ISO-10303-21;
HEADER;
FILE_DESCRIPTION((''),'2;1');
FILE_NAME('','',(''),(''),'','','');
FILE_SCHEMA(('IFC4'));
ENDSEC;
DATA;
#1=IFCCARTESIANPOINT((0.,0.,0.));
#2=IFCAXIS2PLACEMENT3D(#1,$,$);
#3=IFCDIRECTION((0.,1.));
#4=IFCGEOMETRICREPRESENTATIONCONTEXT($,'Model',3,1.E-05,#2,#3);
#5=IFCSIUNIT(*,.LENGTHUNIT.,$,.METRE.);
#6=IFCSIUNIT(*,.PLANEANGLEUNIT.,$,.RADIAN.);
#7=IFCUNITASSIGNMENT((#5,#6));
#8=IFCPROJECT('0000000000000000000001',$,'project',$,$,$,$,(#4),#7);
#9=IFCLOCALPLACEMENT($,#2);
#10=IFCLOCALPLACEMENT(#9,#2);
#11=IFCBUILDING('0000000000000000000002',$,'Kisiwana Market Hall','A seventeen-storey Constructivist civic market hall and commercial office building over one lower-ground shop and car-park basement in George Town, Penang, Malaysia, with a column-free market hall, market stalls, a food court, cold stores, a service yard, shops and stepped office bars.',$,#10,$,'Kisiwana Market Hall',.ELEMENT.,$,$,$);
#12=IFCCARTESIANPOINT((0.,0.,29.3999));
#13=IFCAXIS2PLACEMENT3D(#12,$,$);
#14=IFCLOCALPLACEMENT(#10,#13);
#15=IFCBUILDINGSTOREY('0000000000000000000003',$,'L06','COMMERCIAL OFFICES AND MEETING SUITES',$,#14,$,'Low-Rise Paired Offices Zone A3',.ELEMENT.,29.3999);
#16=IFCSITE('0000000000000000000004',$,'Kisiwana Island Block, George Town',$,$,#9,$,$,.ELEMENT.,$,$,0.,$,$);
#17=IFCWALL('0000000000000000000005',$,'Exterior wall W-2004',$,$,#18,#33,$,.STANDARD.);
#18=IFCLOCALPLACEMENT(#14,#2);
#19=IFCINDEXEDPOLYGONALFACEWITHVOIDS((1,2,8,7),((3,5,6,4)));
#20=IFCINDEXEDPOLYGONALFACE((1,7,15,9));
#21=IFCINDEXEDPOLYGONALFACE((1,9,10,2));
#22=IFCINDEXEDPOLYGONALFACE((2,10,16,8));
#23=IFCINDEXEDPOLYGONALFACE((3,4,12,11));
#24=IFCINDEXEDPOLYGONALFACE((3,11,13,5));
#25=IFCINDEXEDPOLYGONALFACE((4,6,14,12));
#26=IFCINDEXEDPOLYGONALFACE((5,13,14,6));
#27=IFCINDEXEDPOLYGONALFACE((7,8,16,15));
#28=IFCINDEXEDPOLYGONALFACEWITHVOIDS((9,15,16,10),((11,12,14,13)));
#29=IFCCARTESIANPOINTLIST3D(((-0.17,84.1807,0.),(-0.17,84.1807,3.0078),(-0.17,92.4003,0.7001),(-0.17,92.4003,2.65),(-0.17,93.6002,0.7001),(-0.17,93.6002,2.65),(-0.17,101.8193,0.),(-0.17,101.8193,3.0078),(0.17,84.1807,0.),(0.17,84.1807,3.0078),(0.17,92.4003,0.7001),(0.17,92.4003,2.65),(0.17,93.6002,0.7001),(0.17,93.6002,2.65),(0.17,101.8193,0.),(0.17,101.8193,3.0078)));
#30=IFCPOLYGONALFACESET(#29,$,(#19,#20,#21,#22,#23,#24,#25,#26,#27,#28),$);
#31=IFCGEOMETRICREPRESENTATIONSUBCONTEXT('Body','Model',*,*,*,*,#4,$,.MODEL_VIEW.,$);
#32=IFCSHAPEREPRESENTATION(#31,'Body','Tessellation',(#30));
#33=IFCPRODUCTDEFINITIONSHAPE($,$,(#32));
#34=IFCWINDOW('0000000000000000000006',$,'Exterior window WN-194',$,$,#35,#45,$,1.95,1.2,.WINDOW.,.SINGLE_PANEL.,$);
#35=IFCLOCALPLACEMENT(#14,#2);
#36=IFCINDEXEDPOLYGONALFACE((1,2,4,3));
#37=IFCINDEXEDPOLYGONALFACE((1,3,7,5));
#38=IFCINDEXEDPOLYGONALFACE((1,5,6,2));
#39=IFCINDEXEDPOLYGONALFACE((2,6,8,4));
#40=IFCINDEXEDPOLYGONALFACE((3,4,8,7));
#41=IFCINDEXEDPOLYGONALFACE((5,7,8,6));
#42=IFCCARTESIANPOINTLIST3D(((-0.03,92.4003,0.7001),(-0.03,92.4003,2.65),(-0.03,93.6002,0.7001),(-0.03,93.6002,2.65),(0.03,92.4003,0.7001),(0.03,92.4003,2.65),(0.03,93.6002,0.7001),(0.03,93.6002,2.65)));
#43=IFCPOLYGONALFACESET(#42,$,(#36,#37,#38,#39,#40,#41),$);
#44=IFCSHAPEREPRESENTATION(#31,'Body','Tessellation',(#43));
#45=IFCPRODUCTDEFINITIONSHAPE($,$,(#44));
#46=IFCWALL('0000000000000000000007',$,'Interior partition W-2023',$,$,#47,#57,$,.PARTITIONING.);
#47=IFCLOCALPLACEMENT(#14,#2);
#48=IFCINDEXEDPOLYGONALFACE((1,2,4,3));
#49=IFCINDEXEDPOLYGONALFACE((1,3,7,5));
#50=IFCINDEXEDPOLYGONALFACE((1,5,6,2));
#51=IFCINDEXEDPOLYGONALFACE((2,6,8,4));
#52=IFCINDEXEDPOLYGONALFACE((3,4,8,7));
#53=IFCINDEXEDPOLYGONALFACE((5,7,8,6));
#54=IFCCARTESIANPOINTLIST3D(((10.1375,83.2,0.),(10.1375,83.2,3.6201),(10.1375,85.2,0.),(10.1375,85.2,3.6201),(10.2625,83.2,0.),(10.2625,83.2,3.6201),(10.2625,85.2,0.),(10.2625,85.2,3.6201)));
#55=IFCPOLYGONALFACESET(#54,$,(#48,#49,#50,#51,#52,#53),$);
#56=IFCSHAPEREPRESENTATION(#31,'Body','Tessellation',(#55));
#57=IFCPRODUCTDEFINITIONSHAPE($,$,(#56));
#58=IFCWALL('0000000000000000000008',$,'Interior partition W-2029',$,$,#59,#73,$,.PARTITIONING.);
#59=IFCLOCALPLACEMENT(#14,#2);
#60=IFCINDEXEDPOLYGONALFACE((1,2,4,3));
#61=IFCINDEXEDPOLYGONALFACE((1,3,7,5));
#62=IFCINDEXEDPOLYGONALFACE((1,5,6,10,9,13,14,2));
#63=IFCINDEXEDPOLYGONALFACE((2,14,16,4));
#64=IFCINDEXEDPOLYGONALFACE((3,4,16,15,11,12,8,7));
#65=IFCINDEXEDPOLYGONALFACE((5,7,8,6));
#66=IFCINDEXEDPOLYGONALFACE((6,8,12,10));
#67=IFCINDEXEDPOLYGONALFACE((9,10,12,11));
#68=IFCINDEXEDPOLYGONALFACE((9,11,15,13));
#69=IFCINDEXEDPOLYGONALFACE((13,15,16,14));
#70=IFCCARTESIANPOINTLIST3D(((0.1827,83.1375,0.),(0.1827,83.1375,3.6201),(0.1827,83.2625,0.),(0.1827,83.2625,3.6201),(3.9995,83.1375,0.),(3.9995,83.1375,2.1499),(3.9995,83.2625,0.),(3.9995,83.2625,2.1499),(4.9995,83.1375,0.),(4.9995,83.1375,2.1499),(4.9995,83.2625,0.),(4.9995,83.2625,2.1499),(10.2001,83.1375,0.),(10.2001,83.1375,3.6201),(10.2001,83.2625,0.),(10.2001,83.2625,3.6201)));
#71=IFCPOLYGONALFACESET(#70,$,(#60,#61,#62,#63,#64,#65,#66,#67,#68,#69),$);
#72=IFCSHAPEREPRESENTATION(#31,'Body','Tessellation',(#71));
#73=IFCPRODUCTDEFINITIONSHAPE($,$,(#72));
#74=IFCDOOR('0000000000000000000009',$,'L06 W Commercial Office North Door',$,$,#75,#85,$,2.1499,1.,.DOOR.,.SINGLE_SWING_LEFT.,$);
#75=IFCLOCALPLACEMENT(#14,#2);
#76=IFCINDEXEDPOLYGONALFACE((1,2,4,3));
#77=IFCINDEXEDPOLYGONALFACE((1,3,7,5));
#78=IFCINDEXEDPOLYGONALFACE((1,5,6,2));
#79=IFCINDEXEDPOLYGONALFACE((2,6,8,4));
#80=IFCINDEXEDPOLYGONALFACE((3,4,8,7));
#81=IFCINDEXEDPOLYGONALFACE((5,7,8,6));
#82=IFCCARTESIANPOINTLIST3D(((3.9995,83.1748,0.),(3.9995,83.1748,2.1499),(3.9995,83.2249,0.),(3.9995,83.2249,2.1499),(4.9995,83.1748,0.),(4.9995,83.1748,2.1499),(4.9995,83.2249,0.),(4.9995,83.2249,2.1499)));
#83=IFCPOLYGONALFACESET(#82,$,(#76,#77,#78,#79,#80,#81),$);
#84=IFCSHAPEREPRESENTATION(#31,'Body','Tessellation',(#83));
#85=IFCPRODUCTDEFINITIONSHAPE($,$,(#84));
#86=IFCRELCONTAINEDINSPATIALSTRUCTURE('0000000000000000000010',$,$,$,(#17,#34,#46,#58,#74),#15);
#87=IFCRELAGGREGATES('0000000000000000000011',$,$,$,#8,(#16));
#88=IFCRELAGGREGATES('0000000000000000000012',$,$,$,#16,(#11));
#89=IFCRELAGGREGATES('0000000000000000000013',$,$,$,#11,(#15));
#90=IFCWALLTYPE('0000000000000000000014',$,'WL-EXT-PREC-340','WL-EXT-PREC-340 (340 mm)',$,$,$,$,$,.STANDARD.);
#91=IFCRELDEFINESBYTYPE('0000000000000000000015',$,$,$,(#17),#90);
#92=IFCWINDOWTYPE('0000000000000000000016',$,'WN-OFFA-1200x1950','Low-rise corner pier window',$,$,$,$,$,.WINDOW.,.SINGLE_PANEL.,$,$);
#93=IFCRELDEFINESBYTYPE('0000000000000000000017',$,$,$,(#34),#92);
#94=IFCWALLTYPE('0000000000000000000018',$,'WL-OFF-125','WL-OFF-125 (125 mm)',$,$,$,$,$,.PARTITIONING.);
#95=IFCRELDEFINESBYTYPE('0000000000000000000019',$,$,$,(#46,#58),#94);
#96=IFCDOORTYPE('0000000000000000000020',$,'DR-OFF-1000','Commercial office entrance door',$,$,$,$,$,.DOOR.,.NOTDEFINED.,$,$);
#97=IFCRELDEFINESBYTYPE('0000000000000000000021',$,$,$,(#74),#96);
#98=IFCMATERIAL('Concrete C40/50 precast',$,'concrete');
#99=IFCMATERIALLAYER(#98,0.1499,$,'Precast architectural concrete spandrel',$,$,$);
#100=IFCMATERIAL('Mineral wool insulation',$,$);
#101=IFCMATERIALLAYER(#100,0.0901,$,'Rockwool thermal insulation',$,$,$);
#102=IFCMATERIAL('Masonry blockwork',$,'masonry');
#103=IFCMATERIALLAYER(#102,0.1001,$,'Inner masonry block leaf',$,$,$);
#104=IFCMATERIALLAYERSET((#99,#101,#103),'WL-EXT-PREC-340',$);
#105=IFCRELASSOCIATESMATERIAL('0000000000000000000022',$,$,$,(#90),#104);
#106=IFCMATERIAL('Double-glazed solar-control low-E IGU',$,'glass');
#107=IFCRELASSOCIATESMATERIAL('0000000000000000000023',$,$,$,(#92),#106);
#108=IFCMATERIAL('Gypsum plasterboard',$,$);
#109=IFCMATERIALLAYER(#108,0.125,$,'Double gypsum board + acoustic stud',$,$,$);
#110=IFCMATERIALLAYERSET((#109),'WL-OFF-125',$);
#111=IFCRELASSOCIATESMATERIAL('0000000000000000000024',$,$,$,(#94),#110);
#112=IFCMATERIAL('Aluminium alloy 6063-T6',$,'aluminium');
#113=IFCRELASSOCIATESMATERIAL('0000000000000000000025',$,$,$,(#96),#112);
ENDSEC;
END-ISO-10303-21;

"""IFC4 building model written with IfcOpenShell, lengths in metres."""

from ifc_helpers import new_model, si_unit, direction, frame, frame_2d, origin, place, context, subcontext, project, spatial, rectangle, extrude, material, layer, layer_set, type_object, element, fill, save


model = new_model("IFC4")

# Units and contexts
model_context = context("Model", 3, precision=1e-05, world=origin(), true_north=direction((0.0, 1.0)))
body_context = subcontext(model_context, "Body", "Model", "MODEL_VIEW")
ifc_project = project(units=[si_unit("LENGTHUNIT", "METRE"), si_unit("PLANEANGLEUNIT", "RADIAN")], contexts=[model_context])

# Site, building, storey
site_placement = place(None, origin())
site = spatial("IfcSite", under=ifc_project, at=site_placement, Name="Kisiwana Island Block, George Town", CompositionType="ELEMENT", RefElevation=0.0)
building_placement = place(site_placement, origin())
building = spatial("IfcBuilding", under=site, at=building_placement, Name="Kisiwana Market Hall", Description="A seventeen-storey Constructivist civic market hall and commercial office building over one lower-ground shop and car-park basement in George Town, Penang, Malaysia, with a column-free market hall, market stalls, a food court, cold stores, a service yard, shops and stepped office bars.", LongName="Kisiwana Market Hall", CompositionType="ELEMENT")
storey_placement = place(building_placement, frame((0.0, 0.0, 29.3999)))
storey = spatial("IfcBuildingStorey", under=building, at=storey_placement, Name="L06", Description="COMMERCIAL OFFICES AND MEETING SUITES", LongName="Low-Rise Paired Offices Zone A3", CompositionType="ELEMENT", Elevation=29.3999)

# Wall, opening, window
ifc_material_1 = material(Name="Concrete C40/50 precast", Category="concrete")
ifc_layer_1 = layer(ifc_material_1, 0.1499, Name="Precast architectural concrete spandrel")
ifc_material_2 = material(Name="Mineral wool insulation")
ifc_layer_2 = layer(ifc_material_2, 0.0901, Name="Rockwool thermal insulation")
ifc_material_3 = material(Name="Masonry blockwork", Category="masonry")
ifc_layer_3 = layer(ifc_material_3, 0.1001, Name="Inner masonry block leaf")
ifc_layer_set_1 = layer_set([ifc_layer_1, ifc_layer_2, ifc_layer_3], Name="WL-EXT-PREC-340")
wall_type_1 = type_object("IfcWallType", Name="WL-EXT-PREC-340", Description="WL-EXT-PREC-340 (340 mm)", PredefinedType="STANDARD", material=ifc_layer_set_1)
wall_1_placement = place(storey_placement, frame((0.0, 84.1807, 0.0), z_axis=(0.0, 0.0, 1.0), x_axis=(0.0, 1.0, 0.0)))
wall_1 = element("IfcWall", 1, at=wall_1_placement, inside=storey, type_object=wall_type_1, Name="Exterior wall W-2004", PredefinedType="STANDARD", context=body_context, shape_type="SweptSolid", body=[
    extrude(rectangle(XDim=17.6387, YDim=0.3401, at=frame_2d((8.8193, 0.0))), origin(), (0.0, 0.0, 1.0), 3.0078),
])
opening_1_placement = place(wall_1_placement, frame((8.2195, 0.0, 0.7)))
opening_1 = element("IfcOpeningElement", 2, at=opening_1_placement, cuts=wall_1, PredefinedType="OPENING", context=body_context, shape_type="SweptSolid", body=[
    extrude(rectangle(XDim=1.2, YDim=1.95, at=frame_2d((0.6001, 0.9751))), frame((0.0, 0.1821, 0.0), z_axis=(0.0, -1.0, 0.0), x_axis=(1.0, 0.0, 0.0)), (0.0, 0.0, 1.0), 0.364),
])
ifc_material_4 = material(Name="Double-glazed solar-control low-E IGU", Category="glass")
window_type = type_object("IfcWindowType", Name="WN-OFFA-1200x1950", Description="Low-rise corner pier window", PartitioningType="SINGLE_PANEL", PredefinedType="WINDOW", material=ifc_material_4)
window_placement = place(opening_1_placement, origin())
window = element("IfcWindow", 3, at=window_placement, inside=storey, type_object=window_type, Name="Exterior window WN-194", OverallHeight=1.95, OverallWidth=1.2, PartitioningType="SINGLE_PANEL", PredefinedType="WINDOW", context=body_context, shape_type="SweptSolid", body=[
    extrude(rectangle(XDim=1.2, YDim=1.95, at=frame_2d((0.6001, 0.9751))), frame((0.0, 0.03, 0.0), z_axis=(0.0, -1.0, 0.0), x_axis=(1.0, 0.0, 0.0)), (0.0, 0.0, 1.0), 0.0601),
])
fill(opening_1, window)

# Wall
ifc_material_5 = material(Name="Gypsum plasterboard")
ifc_layer_4 = layer(ifc_material_5, 0.125, Name="Double gypsum board + acoustic stud")
ifc_layer_set_2 = layer_set([ifc_layer_4], Name="WL-OFF-125")
wall_type_2 = type_object("IfcWallType", Name="WL-OFF-125", Description="WL-OFF-125 (125 mm)", PredefinedType="PARTITIONING", material=ifc_layer_set_2)
wall_2_placement = place(storey_placement, frame((10.2, 83.2, 0.0), z_axis=(0.0, 0.0, 1.0), x_axis=(0.0, 1.0, 0.0)))
element("IfcWall", 4, at=wall_2_placement, inside=storey, type_object=wall_type_2, Name="Interior partition W-2023", PredefinedType="PARTITIONING", context=body_context, shape_type="SweptSolid", body=[
    extrude(rectangle(XDim=2.0, YDim=0.125, at=frame_2d((1.0, 0.0))), origin(), (0.0, 0.0, 1.0), 3.6201),
])

# Wall, opening, door
wall_3_placement = place(storey_placement, frame((0.1826, 83.2, 0.0), z_axis=(0.0, 0.0, 1.0), x_axis=(1.0, 0.0, 0.0)))
wall_3 = element("IfcWall", 5, at=wall_3_placement, inside=storey, type_object=wall_type_2, Name="Interior partition W-2029", PredefinedType="PARTITIONING", context=body_context, shape_type="SweptSolid", body=[
    extrude(rectangle(XDim=10.0173, YDim=0.125, at=frame_2d((5.0088, 0.0))), origin(), (0.0, 0.0, 1.0), 3.6201),
])
opening_2_placement = place(wall_3_placement, frame((3.8169, 0.0, 0.0)))
opening_2 = element("IfcOpeningElement", 6, at=opening_2_placement, cuts=wall_3, PredefinedType="OPENING", context=body_context, shape_type="SweptSolid", body=[
    extrude(rectangle(XDim=1.0, YDim=2.1499, at=frame_2d((0.5, 1.075))), frame((0.0, 0.0745, 0.0), z_axis=(0.0, -1.0, 0.0), x_axis=(1.0, 0.0, 0.0)), (0.0, 0.0, 1.0), 0.1489),
])
ifc_material_6 = material(Name="Aluminium alloy 6063-T6", Category="aluminium")
door_type_1 = type_object("IfcDoorType", Name="DR-OFF-1000", Description="Commercial office entrance door", OperationType="NOTDEFINED", PredefinedType="DOOR", material=ifc_material_6)
door_1_placement = place(opening_2_placement, origin())
door_1 = element("IfcDoor", 7, at=door_1_placement, inside=storey, type_object=door_type_1, Name="L06 W Commercial Office North Door", OperationType="SINGLE_SWING_LEFT", OverallHeight=2.1499, OverallWidth=1.0, PredefinedType="DOOR", context=body_context, shape_type="SweptSolid", body=[
    extrude(rectangle(XDim=1.0, YDim=2.1499, at=frame_2d((0.5, 1.075))), frame((0.0, 0.0249, 0.0), z_axis=(0.0, -1.0, 0.0), x_axis=(1.0, 0.0, 0.0)), (0.0, 0.0, 1.0), 0.05),
])
fill(opening_2, door_1)

save(model, "model.ifc")
